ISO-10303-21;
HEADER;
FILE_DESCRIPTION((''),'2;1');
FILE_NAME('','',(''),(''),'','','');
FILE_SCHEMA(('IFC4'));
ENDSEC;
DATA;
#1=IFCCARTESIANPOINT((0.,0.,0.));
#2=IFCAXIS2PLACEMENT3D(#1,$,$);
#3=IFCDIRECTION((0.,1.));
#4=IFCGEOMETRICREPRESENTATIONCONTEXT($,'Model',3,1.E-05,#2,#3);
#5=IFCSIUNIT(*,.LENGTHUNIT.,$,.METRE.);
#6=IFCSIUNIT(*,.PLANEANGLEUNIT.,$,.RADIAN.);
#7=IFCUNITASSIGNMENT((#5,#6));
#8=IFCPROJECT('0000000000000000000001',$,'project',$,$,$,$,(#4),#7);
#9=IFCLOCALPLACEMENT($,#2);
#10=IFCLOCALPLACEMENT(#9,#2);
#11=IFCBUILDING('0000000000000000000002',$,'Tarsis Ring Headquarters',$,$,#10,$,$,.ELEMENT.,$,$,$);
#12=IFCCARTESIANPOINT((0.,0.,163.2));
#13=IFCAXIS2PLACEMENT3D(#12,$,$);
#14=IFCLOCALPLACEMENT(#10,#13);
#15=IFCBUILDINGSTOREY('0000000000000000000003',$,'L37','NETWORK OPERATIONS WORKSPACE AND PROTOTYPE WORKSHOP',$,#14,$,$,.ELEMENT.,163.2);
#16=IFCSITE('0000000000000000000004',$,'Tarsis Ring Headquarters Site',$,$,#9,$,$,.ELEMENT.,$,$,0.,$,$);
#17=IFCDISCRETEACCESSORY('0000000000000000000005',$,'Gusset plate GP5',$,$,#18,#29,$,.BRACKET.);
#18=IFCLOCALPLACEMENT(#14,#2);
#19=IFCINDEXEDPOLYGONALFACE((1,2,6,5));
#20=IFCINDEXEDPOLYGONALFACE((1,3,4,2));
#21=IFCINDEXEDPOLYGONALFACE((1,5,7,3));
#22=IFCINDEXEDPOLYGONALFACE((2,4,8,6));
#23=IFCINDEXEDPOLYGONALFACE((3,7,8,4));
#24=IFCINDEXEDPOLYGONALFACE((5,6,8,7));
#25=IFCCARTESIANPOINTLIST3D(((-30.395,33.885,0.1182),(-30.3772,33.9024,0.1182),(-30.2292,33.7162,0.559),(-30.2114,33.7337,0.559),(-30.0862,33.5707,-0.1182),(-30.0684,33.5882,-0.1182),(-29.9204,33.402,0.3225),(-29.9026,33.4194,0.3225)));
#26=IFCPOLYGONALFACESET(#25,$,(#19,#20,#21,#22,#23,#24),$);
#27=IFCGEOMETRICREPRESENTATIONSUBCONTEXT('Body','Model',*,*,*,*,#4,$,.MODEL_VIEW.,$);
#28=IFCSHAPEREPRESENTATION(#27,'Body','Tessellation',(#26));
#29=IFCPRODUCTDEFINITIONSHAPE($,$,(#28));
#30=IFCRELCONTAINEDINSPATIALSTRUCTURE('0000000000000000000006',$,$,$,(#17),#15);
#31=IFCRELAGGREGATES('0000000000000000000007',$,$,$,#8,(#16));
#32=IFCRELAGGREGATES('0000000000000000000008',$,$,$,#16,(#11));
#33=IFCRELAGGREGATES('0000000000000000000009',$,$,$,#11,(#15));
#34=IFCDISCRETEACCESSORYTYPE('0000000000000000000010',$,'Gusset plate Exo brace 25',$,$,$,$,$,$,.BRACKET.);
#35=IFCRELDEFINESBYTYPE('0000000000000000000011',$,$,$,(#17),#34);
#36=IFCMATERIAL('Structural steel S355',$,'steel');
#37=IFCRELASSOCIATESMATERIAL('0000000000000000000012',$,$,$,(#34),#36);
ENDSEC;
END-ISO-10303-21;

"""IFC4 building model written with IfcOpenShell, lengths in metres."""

from ifc_helpers import new_model, si_unit, direction, frame, origin, origin_2d, place, context, subcontext, project, spatial, rectangle, extrude, material, material_profile, profile_set, type_object, element, save


model = new_model("IFC4")

# Units and contexts
model_context = context("Model", 3, precision=1e-05, world=origin(), true_north=direction((0.0, 1.0)))
body_context = subcontext(model_context, "Body", "Model", "MODEL_VIEW")
ifc_project = project(units=[si_unit("LENGTHUNIT", "METRE"), si_unit("PLANEANGLEUNIT", "RADIAN")], contexts=[model_context])

# Site, building, storey
site_placement = place(None, origin())
site = spatial("IfcSite", under=ifc_project, at=site_placement, Name="Tarsis Ring Headquarters Site", CompositionType="ELEMENT", RefElevation=0.0)
building_placement = place(site_placement, origin())
building = spatial("IfcBuilding", under=site, at=building_placement, Name="Tarsis Ring Headquarters", CompositionType="ELEMENT")
storey_placement = place(building_placement, frame((0.0, 0.0, 163.2)))
storey = spatial("IfcBuildingStorey", under=building, at=storey_placement, Name="L37", Description="NETWORK OPERATIONS WORKSPACE AND PROTOTYPE WORKSHOP", CompositionType="ELEMENT", Elevation=163.2)

# Shared definitions
ifc_material_1 = material(Name="Structural steel S355", Category="steel")

# Discrete accessory
ifc_material_profile_1 = material_profile(ifc_material_1, rectangle(XDim=0.0249, YDim=0.5, at=origin_2d()), Name="PL 25x500")
ifc_profile_set_1 = profile_set([ifc_material_profile_1], Name="Structural steel S355")
discrete_accessory_type = type_object("IfcDiscreteAccessoryType", Name="Gusset plate Exo brace 25", PredefinedType="BRACKET", material=ifc_profile_set_1)
discrete_accessory_placement = place(storey_placement, frame((-30.2317, 33.7366, 0.0), z_axis=(0.331454, -0.337312, 0.881112), x_axis=(0.713273, 0.700886, 0.0)))
element("IfcDiscreteAccessory", 1, at=discrete_accessory_placement, inside=storey, type_object=discrete_accessory_type, Name="Gusset plate GP5", PredefinedType="BRACKET", context=body_context, shape_type="SweptSolid", body=[
    extrude(rectangle(XDim=0.0249, YDim=0.5, at=origin_2d()), origin(), (0.0, 0.0, 1.0), 0.5002),
])

save(model, "model.ifc")
